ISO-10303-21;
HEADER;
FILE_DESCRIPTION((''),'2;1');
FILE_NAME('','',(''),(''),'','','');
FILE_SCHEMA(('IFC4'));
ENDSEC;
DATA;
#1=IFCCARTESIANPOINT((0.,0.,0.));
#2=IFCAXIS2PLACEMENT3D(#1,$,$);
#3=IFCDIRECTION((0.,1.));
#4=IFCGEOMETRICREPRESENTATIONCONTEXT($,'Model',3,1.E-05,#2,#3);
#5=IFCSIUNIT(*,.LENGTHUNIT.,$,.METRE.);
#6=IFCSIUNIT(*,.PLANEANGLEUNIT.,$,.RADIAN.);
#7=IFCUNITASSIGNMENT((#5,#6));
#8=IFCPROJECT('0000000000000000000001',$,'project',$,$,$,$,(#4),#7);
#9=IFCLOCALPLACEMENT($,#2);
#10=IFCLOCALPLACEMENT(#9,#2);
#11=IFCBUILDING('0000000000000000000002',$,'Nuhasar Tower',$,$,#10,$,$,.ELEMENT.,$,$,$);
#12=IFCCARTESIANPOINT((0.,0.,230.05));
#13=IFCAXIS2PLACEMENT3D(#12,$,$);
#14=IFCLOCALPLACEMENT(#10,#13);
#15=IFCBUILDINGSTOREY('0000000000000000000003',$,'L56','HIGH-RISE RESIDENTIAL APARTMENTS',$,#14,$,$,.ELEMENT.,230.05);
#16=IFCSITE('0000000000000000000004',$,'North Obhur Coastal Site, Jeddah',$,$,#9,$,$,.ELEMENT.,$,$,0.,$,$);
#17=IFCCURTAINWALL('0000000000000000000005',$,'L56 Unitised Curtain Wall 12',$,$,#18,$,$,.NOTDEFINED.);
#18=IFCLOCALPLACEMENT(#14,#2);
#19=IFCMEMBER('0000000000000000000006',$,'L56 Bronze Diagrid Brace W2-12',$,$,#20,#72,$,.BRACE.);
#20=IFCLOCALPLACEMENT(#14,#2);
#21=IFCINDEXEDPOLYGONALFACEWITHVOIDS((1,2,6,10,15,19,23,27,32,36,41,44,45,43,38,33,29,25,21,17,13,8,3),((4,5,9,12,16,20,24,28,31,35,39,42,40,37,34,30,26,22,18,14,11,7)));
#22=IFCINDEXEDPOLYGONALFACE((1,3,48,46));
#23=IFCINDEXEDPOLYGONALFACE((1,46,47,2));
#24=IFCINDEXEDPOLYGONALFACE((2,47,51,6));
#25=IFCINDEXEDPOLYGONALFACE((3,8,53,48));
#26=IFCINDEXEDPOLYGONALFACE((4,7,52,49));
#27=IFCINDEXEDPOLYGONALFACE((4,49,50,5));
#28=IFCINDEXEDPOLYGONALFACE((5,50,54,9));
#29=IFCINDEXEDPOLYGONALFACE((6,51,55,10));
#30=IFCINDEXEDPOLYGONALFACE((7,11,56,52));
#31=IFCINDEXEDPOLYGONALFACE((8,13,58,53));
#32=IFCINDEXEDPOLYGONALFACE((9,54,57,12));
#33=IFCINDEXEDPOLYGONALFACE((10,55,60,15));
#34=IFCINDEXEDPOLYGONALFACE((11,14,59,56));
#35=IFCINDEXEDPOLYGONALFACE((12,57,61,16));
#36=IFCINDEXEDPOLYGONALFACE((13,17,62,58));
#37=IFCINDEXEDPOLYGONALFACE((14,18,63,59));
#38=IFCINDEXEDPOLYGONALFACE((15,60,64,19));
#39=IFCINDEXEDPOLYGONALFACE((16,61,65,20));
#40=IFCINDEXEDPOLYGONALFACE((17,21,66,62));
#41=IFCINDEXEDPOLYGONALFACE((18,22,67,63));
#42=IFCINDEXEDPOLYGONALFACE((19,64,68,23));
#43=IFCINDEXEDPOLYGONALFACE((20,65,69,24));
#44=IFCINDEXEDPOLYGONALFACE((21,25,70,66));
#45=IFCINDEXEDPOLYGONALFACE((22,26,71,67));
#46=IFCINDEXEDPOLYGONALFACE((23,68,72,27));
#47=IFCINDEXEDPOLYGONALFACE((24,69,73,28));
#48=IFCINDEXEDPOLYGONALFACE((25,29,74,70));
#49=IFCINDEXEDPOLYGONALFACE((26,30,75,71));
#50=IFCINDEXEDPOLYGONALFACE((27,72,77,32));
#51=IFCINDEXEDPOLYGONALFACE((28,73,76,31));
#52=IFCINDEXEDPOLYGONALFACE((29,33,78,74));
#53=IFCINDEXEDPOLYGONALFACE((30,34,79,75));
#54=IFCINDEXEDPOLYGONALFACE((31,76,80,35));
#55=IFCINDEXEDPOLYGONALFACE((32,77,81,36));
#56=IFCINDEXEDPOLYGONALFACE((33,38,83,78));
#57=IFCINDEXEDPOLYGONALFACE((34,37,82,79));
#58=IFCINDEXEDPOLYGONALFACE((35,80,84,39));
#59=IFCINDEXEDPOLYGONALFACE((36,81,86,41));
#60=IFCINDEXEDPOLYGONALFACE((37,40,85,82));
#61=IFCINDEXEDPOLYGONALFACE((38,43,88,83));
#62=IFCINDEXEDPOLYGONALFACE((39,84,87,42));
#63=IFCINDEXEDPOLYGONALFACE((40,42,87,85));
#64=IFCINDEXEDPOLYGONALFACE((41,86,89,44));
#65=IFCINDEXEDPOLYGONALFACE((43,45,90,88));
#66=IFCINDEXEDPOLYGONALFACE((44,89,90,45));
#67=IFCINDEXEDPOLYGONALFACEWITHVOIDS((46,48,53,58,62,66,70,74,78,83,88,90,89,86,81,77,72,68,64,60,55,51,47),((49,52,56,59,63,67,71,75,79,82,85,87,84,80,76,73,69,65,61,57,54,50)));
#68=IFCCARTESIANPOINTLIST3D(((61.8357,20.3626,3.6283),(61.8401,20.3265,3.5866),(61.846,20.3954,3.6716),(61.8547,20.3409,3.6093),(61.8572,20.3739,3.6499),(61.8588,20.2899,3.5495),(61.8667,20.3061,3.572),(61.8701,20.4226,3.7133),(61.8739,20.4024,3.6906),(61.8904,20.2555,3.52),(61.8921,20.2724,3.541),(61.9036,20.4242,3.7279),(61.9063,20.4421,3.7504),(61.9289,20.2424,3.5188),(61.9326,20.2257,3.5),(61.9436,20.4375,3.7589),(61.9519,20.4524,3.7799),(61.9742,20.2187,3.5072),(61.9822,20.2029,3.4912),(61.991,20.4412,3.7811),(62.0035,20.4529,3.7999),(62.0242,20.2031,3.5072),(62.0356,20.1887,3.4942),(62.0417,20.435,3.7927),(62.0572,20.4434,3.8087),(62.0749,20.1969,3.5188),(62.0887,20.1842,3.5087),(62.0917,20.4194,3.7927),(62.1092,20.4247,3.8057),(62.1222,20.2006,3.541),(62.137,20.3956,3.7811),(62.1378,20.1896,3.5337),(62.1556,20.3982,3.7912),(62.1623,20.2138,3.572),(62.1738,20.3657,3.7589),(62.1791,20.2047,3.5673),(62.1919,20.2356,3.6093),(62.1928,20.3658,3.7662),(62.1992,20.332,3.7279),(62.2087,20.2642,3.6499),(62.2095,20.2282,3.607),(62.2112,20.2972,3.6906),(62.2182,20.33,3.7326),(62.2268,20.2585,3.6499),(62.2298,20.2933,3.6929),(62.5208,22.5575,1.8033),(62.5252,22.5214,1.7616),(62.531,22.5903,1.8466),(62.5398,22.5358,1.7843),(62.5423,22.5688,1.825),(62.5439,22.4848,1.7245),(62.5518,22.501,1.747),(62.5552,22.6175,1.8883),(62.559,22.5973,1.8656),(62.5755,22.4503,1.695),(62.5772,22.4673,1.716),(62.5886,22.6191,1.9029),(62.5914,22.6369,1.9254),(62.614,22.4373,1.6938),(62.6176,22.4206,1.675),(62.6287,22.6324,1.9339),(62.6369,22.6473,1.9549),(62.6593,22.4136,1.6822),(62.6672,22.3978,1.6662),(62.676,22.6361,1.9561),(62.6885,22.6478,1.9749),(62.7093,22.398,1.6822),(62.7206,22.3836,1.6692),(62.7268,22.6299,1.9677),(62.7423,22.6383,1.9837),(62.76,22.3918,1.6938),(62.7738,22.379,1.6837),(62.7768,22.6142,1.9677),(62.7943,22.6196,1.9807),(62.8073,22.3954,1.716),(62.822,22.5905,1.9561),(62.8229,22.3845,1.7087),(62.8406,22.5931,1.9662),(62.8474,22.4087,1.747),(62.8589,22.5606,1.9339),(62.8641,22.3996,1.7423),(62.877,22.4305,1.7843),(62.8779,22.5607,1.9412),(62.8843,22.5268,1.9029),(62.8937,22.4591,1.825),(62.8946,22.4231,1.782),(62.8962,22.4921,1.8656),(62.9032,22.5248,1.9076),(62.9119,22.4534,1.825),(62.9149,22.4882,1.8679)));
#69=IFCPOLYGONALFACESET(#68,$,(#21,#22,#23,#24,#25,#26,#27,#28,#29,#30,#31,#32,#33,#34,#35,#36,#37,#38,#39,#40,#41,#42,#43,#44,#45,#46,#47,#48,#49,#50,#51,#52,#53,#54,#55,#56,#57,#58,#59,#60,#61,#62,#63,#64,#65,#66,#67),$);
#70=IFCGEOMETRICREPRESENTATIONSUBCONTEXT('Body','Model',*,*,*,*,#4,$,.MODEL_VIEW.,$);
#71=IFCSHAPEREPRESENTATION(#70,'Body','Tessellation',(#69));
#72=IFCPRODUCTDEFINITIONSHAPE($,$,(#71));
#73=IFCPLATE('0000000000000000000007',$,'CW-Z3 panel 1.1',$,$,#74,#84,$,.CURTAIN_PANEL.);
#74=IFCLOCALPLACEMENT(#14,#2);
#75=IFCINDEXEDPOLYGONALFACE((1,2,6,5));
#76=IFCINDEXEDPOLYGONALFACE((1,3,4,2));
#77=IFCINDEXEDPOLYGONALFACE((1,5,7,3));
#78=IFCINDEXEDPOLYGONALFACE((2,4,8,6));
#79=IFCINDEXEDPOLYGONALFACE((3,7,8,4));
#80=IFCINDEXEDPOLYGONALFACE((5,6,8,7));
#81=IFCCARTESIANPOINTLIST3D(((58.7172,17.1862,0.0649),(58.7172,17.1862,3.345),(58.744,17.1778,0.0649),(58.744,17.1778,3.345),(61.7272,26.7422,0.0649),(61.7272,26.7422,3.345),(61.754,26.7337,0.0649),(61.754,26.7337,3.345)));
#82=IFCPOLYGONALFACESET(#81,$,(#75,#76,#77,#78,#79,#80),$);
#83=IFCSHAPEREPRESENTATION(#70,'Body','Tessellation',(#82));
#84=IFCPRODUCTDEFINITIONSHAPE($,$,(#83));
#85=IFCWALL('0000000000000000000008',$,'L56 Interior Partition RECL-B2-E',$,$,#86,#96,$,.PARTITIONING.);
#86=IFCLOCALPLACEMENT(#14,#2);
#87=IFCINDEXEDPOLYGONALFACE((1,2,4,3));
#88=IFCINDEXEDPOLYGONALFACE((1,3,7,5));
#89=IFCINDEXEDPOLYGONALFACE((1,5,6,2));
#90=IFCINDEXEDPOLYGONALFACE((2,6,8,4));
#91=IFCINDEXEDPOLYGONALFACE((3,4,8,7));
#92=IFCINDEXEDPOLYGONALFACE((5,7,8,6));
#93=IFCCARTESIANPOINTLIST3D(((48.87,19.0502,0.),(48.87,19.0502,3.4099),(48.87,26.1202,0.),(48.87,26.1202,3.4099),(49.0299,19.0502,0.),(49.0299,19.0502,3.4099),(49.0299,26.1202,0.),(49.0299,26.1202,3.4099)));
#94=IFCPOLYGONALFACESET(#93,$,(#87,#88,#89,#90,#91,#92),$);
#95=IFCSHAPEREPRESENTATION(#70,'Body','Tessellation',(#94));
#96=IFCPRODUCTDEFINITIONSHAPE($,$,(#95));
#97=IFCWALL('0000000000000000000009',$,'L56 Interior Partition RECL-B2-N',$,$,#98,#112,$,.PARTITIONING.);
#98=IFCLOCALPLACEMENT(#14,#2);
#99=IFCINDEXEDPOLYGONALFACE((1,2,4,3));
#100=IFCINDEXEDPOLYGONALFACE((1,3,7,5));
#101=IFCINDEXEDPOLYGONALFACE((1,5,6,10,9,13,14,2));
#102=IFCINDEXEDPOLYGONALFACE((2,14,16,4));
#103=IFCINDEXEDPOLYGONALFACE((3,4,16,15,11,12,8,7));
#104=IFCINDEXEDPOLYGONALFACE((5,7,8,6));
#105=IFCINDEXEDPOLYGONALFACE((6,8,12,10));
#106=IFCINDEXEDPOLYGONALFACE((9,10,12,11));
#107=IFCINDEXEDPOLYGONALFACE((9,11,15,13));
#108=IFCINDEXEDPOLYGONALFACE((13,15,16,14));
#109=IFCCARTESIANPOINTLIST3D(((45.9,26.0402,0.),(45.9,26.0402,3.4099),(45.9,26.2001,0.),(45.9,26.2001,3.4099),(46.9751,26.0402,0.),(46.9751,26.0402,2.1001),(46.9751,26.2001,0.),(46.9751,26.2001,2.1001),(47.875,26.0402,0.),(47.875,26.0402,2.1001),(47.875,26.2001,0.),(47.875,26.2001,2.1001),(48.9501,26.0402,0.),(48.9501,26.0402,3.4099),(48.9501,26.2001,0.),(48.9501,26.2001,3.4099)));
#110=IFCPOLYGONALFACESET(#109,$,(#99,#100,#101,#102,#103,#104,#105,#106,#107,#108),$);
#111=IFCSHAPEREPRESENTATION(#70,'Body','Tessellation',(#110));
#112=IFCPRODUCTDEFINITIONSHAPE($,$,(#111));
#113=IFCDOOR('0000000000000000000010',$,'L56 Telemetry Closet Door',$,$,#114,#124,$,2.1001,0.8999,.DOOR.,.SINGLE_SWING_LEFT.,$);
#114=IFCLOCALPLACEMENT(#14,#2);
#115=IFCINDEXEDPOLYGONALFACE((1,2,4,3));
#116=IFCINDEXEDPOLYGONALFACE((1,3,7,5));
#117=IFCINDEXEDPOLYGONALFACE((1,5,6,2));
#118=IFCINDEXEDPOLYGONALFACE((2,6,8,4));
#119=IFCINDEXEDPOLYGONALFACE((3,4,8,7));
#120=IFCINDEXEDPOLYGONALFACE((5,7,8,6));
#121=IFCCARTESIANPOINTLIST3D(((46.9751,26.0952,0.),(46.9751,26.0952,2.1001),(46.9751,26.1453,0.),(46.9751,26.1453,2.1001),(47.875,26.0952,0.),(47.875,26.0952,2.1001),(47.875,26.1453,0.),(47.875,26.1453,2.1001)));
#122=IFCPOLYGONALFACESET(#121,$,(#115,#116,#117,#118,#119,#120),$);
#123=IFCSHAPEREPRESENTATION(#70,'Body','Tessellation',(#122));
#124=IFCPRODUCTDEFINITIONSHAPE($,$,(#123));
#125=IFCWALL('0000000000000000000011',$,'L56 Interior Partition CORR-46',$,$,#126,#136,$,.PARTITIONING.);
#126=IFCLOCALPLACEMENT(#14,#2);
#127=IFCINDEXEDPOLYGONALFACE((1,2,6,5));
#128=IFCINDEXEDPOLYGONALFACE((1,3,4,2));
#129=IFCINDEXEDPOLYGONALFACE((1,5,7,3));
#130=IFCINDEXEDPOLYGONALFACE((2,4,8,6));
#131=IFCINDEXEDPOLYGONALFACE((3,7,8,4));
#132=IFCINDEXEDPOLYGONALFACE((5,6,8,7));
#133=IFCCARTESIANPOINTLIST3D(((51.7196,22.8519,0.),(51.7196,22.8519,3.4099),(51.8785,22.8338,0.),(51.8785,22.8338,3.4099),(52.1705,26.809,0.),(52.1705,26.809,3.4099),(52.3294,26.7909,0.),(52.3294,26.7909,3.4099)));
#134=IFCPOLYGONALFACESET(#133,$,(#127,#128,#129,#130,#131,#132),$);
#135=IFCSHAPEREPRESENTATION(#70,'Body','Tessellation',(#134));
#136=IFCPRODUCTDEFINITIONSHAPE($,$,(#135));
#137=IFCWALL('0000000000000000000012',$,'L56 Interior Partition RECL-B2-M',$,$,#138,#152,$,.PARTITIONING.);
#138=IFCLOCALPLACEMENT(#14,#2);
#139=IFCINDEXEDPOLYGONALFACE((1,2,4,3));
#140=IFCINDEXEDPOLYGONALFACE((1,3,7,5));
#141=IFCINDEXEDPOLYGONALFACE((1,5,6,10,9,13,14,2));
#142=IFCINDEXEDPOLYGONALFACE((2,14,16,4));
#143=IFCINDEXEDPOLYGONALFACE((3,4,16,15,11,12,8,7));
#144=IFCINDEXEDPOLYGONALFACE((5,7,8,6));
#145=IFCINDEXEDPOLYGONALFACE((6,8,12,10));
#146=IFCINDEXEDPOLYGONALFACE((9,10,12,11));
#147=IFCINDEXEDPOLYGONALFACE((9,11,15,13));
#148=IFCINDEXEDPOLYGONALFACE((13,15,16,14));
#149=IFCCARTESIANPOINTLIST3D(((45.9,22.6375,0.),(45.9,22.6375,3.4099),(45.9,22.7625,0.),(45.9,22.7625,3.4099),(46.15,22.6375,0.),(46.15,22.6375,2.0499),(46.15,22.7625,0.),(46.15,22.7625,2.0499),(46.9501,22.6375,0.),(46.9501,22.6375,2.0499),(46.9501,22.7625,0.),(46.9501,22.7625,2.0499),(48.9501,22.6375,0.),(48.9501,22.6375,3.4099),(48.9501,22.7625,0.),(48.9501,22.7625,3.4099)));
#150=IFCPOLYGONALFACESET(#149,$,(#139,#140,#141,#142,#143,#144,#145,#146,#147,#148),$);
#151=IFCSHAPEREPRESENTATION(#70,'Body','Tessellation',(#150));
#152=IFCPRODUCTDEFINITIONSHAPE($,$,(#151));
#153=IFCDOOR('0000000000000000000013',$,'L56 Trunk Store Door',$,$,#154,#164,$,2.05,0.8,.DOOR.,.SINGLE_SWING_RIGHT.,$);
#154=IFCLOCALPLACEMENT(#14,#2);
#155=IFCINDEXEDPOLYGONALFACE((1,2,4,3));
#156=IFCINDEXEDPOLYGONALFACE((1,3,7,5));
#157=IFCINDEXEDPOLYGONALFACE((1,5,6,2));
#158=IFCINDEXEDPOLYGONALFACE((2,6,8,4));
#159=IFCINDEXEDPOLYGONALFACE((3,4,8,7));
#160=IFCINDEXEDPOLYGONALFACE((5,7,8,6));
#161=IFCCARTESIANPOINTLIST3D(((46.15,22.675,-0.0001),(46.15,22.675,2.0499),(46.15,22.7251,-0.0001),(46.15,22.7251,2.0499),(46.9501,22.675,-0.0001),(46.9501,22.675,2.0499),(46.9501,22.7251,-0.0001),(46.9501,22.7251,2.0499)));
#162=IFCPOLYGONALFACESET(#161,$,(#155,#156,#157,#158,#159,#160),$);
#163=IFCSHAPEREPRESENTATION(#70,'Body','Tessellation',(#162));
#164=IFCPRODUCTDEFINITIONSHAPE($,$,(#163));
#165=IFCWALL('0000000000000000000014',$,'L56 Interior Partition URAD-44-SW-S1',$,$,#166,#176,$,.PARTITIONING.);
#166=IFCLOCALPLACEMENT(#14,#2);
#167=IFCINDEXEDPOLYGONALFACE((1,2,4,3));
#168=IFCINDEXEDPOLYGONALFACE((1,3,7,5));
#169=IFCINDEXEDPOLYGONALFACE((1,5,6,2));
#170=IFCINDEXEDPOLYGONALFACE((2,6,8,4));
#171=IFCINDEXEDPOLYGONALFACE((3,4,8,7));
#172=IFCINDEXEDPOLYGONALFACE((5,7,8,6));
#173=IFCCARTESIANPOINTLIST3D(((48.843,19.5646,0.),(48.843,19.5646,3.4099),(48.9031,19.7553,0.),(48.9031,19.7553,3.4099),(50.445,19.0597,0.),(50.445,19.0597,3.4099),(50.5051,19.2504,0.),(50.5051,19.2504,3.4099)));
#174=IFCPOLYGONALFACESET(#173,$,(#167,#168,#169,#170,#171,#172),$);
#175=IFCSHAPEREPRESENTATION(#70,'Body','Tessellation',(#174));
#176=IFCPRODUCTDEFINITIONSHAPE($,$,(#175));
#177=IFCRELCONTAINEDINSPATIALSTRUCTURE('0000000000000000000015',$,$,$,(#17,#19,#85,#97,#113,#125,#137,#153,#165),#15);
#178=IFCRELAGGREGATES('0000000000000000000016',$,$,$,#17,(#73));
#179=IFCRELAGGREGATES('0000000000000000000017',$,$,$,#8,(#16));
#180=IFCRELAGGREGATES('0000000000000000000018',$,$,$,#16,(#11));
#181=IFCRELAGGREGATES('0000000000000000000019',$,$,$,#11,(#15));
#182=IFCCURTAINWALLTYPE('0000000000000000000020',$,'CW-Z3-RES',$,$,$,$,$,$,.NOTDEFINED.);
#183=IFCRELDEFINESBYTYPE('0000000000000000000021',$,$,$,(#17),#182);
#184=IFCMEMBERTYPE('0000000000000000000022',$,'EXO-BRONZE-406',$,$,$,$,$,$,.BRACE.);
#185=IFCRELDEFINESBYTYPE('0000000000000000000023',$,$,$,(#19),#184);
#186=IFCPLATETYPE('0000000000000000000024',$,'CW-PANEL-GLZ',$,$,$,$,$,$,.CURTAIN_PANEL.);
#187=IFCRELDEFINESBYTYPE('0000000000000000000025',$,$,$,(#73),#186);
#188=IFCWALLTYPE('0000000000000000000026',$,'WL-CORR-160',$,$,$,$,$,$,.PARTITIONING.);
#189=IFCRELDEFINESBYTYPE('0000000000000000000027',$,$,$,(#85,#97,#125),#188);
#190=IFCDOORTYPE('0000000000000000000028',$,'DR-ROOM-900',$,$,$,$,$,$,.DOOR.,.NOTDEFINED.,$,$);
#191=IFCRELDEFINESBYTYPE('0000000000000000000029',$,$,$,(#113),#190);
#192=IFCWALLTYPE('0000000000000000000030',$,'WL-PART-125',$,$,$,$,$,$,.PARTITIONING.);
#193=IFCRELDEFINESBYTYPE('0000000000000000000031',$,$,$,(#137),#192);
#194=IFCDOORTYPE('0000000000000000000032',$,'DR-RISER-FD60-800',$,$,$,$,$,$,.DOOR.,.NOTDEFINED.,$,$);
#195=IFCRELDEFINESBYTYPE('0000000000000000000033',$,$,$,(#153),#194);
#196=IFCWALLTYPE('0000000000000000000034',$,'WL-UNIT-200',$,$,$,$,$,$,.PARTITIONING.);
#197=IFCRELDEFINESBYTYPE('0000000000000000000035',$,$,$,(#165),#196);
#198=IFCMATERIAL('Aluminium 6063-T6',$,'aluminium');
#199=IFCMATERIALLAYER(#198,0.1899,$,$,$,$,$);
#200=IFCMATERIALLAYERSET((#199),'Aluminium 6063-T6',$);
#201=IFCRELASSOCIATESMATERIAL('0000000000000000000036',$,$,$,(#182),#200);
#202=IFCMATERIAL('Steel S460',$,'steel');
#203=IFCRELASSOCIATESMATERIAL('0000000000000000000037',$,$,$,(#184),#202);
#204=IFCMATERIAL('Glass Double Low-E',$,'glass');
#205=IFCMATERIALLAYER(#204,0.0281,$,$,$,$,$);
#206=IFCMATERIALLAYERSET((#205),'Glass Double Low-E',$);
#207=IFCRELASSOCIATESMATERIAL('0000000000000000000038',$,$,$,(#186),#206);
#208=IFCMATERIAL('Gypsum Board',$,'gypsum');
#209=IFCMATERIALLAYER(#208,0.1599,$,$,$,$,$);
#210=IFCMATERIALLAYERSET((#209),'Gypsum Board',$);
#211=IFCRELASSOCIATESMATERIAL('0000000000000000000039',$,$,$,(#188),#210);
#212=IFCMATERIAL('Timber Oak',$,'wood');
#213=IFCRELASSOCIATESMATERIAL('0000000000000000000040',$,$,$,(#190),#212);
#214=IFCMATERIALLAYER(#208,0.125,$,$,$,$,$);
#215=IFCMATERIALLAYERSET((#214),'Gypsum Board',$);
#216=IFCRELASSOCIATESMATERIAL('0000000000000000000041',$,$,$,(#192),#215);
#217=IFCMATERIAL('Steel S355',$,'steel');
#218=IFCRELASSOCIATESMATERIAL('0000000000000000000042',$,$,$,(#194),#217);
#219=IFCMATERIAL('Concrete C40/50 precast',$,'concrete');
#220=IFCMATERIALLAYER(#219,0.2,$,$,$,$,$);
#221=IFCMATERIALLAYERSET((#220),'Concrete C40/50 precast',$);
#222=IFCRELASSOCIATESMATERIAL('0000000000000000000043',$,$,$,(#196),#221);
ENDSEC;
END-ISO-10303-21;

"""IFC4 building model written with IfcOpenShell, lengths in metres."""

from ifc_helpers import new_model, si_unit, direction, frame, frame_2d, origin, origin_2d, place, context, subcontext, project, spatial, rectangle, hollow_circle, extrude, material, layer, layer_set, material_profile, profile_set, type_object, element, fill, aggregate, save


model = new_model("IFC4")

# Units and contexts
model_context = context("Model", 3, precision=1e-05, world=origin(), true_north=direction((0.0, 1.0)))
body_context = subcontext(model_context, "Body", "Model", "MODEL_VIEW")
ifc_project = project(units=[si_unit("LENGTHUNIT", "METRE"), si_unit("PLANEANGLEUNIT", "RADIAN")], contexts=[model_context])

# Site, building, storey
site_placement = place(None, origin())
site = spatial("IfcSite", under=ifc_project, at=site_placement, Name="North Obhur Coastal Site, Jeddah", CompositionType="ELEMENT", RefElevation=0.0)
building_placement = place(site_placement, origin())
building = spatial("IfcBuilding", under=site, at=building_placement, Name="Nuhasar Tower", CompositionType="ELEMENT")
storey_placement = place(building_placement, frame((0.0, 0.0, 230.05)))
storey = spatial("IfcBuildingStorey", under=building, at=storey_placement, Name="L56", Description="HIGH-RISE RESIDENTIAL APARTMENTS", CompositionType="ELEMENT", Elevation=230.05)

# Shared definitions
ifc_material_1 = material(Name="Steel S355", Category="steel")

# Curtain wall
ifc_material_2 = material(Name="Aluminium 6063-T6", Category="aluminium")
ifc_layer_1 = layer(ifc_material_2, 0.1899)
ifc_layer_set_1 = layer_set([ifc_layer_1], Name="Aluminium 6063-T6")
curtain_wall_type = type_object("IfcCurtainWallType", Name="CW-Z3-RES", PredefinedType="NOTDEFINED", material=ifc_layer_set_1)
curtain_wall_placement = place(storey_placement, origin())
curtain_wall = element("IfcCurtainWall", 1, at=curtain_wall_placement, inside=storey, type_object=curtain_wall_type, Name="L56 Unitised Curtain Wall 12", PredefinedType="NOTDEFINED")

# Member
ifc_material_3 = material(Name="Steel S460", Category="steel")
ifc_material_profile_1 = material_profile(ifc_material_3, hollow_circle(Radius=0.2031, WallThickness=0.019, at=origin_2d()), Name="HSS406.4X19.1")
ifc_profile_set_1 = profile_set([ifc_material_profile_1], Name="Steel S460")
member_type_1 = type_object("IfcMemberType", Name="EXO-BRONZE-406", PredefinedType="BRACE", material=ifc_profile_set_1)
for number, where, z_axis, x_axis, name in (
    (2, (62.718, 22.5139, 1.825), (-0.233372, -0.74769, 0.621689), (0.954582, -0.297948, 0.0), "L56 Bronze Diagrid Brace W2-12"),
):
    element("IfcMember", number, at=place(storey_placement, frame(where, z_axis=z_axis, x_axis=x_axis)), inside=storey, type_object=member_type_1, Name=name, PredefinedType="BRACE", context=body_context, shape_type="SweptSolid", body=[
        extrude(hollow_circle(Radius=0.2031, WallThickness=0.019, at=origin_2d()), origin(), (0.0, 0.0, 1.0), 2.9355),
    ])

# Plate
ifc_material_4 = material(Name="Glass Double Low-E", Category="glass")
ifc_layer_2 = layer(ifc_material_4, 0.0281)
ifc_layer_set_2 = layer_set([ifc_layer_2], Name="Glass Double Low-E")
plate_type = type_object("IfcPlateType", Name="CW-PANEL-GLZ", PredefinedType="CURTAIN_PANEL", material=ifc_layer_set_2)
plate_placement = place(storey_placement, frame((60.2356, 21.96, 0.0649), z_axis=(0.0, 0.0, 1.0), x_axis=(0.300429, 0.953804, 0.0)))
plate = element("IfcPlate", 3, at=plate_placement, type_object=plate_type, Name="CW-Z3 panel 1.1", PredefinedType="CURTAIN_PANEL", context=body_context, shape_type="SweptSolid", body=[
    extrude(rectangle(XDim=10.0188, YDim=0.0281, at=origin_2d()), origin(), (0.0, 0.0, 1.0), 3.28),
])
aggregate(curtain_wall, [plate])

# Wall
ifc_material_5 = material(Name="Gypsum Board", Category="gypsum")
ifc_layer_3 = layer(ifc_material_5, 0.1599)
ifc_layer_set_3 = layer_set([ifc_layer_3], Name="Gypsum Board")
wall_type_1 = type_object("IfcWallType", Name="WL-CORR-160", PredefinedType="PARTITIONING", material=ifc_layer_set_3)
wall_1_placement = place(storey_placement, frame((48.95, 19.05, 0.0), z_axis=(0.0, 0.0, 1.0), x_axis=(0.0, 1.0, 0.0)))
element("IfcWall", 4, at=wall_1_placement, inside=storey, type_object=wall_type_1, Name="L56 Interior Partition RECL-B2-E", PredefinedType="PARTITIONING", context=body_context, shape_type="SweptSolid", body=[
    extrude(rectangle(XDim=7.0701, YDim=0.1599, at=frame_2d((3.5352, 0.0))), origin(), (0.0, 0.0, 1.0), 3.4099),
])

# Wall, opening, door
wall_2_placement = place(storey_placement, frame((48.95, 26.1201, 0.0), z_axis=(0.0, 0.0, 1.0), x_axis=(-1.0, 0.0, 0.0)))
wall_2 = element("IfcWall", 5, at=wall_2_placement, inside=storey, type_object=wall_type_1, Name="L56 Interior Partition RECL-B2-N", PredefinedType="PARTITIONING", context=body_context, shape_type="SweptSolid", body=[
    extrude(rectangle(XDim=3.05, YDim=0.1599, at=frame_2d((1.5249, 0.0))), origin(), (0.0, 0.0, 1.0), 3.4099),
])
opening_1_placement = place(wall_2_placement, frame((1.075, 0.0, 0.0)))
opening_1 = element("IfcOpeningElement", 6, at=opening_1_placement, cuts=wall_2, PredefinedType="OPENING", context=body_context, shape_type="SweptSolid", body=[
    extrude(rectangle(XDim=0.8999, YDim=2.1001, at=frame_2d((0.45, 1.05))), frame((0.0, 0.0898, 0.0), z_axis=(0.0, -1.0, 0.0), x_axis=(1.0, 0.0, 0.0)), (0.0, 0.0, 1.0), 0.1799),
])
ifc_material_6 = material(Name="Timber Oak", Category="wood")
door_type_1 = type_object("IfcDoorType", Name="DR-ROOM-900", OperationType="NOTDEFINED", PredefinedType="DOOR", material=ifc_material_6)
door_1_placement = place(opening_1_placement, origin())
door_1 = element("IfcDoor", 7, at=door_1_placement, inside=storey, type_object=door_type_1, Name="L56 Telemetry Closet Door", OperationType="SINGLE_SWING_LEFT", OverallHeight=2.1001, OverallWidth=0.8999, PredefinedType="DOOR", context=body_context, shape_type="SweptSolid", body=[
    extrude(rectangle(XDim=0.8999, YDim=2.1001, at=frame_2d((0.45, 1.05))), frame((0.0, 0.0249, 0.0), z_axis=(0.0, -1.0, 0.0), x_axis=(1.0, 0.0, 0.0)), (0.0, 0.0, 1.0), 0.05),
])
fill(opening_1, door_1)

# Wall
wall_3_placement = place(storey_placement, frame((51.7991, 22.843, 0.0), z_axis=(0.0, 0.0, 1.0), x_axis=(0.113223, 0.99357, 0.0)))
element("IfcWall", 8, at=wall_3_placement, inside=storey, type_object=wall_type_1, Name="L56 Interior Partition CORR-46", PredefinedType="PARTITIONING", context=body_context, shape_type="SweptSolid", body=[
    extrude(rectangle(XDim=3.9827, YDim=0.1599, at=frame_2d((1.9912, 0.0))), origin(), (0.0, 0.0, 1.0), 3.4099),
])

# Wall, opening, door
ifc_layer_4 = layer(ifc_material_5, 0.125)
ifc_layer_set_4 = layer_set([ifc_layer_4], Name="Gypsum Board")
wall_type_2 = type_object("IfcWallType", Name="WL-PART-125", PredefinedType="PARTITIONING", material=ifc_layer_set_4)
wall_4_placement = place(storey_placement, frame((48.95, 22.7, 0.0), z_axis=(0.0, 0.0, 1.0), x_axis=(-1.0, 0.0, 0.0)))
wall_4 = element("IfcWall", 9, at=wall_4_placement, inside=storey, type_object=wall_type_2, Name="L56 Interior Partition RECL-B2-M", PredefinedType="PARTITIONING", context=body_context, shape_type="SweptSolid", body=[
    extrude(rectangle(XDim=3.05, YDim=0.125, at=frame_2d((1.5249, 0.0))), origin(), (0.0, 0.0, 1.0), 3.4099),
])
opening_2_placement = place(wall_4_placement, frame((2.0, 0.0, 0.0)))
opening_2 = element("IfcOpeningElement", 10, at=opening_2_placement, cuts=wall_4, PredefinedType="OPENING", context=body_context, shape_type="SweptSolid", body=[
    extrude(rectangle(XDim=0.8, YDim=2.05, at=frame_2d((0.3999, 1.0249))), frame((0.0, 0.0725, 0.0), z_axis=(0.0, -1.0, 0.0), x_axis=(1.0, 0.0, 0.0)), (0.0, 0.0, 1.0), 0.145),
])
door_type_2 = type_object("IfcDoorType", Name="DR-RISER-FD60-800", OperationType="NOTDEFINED", PredefinedType="DOOR", material=ifc_material_1)
door_2_placement = place(opening_2_placement, origin())
door_2 = element("IfcDoor", 11, at=door_2_placement, inside=storey, type_object=door_type_2, Name="L56 Trunk Store Door", OperationType="SINGLE_SWING_RIGHT", OverallHeight=2.05, OverallWidth=0.8, PredefinedType="DOOR", context=body_context, shape_type="SweptSolid", body=[
    extrude(rectangle(XDim=0.8, YDim=2.05, at=frame_2d((0.3999, 1.0249))), frame((0.0, 0.0249, 0.0), z_axis=(0.0, -1.0, 0.0), x_axis=(1.0, 0.0, 0.0)), (0.0, 0.0, 1.0), 0.05),
])
fill(opening_2, door_2)

# Wall
ifc_material_7 = material(Name="Concrete C40/50 precast", Category="concrete")
ifc_layer_5 = layer(ifc_material_7, 0.2)
ifc_layer_set_5 = layer_set([ifc_layer_5], Name="Concrete C40/50 precast")
wall_type_3 = type_object("IfcWallType", Name="WL-UNIT-200", PredefinedType="PARTITIONING", material=ifc_layer_set_5)
wall_5_placement = place(storey_placement, frame((48.873, 19.6599, 0.0), z_axis=(0.0, 0.0, 1.0), x_axis=(0.953758, -0.300575, 0.0)))
element("IfcWall", 12, at=wall_5_placement, inside=storey, type_object=wall_type_3, Name="L56 Interior Partition URAD-44-SW-S1", PredefinedType="PARTITIONING", context=body_context, shape_type="SweptSolid", body=[
    extrude(rectangle(XDim=1.6797, YDim=0.2, at=frame_2d((0.8398, 0.0))), origin(), (0.0, 0.0, 1.0), 3.4099),
])

save(model, "model.ifc")
